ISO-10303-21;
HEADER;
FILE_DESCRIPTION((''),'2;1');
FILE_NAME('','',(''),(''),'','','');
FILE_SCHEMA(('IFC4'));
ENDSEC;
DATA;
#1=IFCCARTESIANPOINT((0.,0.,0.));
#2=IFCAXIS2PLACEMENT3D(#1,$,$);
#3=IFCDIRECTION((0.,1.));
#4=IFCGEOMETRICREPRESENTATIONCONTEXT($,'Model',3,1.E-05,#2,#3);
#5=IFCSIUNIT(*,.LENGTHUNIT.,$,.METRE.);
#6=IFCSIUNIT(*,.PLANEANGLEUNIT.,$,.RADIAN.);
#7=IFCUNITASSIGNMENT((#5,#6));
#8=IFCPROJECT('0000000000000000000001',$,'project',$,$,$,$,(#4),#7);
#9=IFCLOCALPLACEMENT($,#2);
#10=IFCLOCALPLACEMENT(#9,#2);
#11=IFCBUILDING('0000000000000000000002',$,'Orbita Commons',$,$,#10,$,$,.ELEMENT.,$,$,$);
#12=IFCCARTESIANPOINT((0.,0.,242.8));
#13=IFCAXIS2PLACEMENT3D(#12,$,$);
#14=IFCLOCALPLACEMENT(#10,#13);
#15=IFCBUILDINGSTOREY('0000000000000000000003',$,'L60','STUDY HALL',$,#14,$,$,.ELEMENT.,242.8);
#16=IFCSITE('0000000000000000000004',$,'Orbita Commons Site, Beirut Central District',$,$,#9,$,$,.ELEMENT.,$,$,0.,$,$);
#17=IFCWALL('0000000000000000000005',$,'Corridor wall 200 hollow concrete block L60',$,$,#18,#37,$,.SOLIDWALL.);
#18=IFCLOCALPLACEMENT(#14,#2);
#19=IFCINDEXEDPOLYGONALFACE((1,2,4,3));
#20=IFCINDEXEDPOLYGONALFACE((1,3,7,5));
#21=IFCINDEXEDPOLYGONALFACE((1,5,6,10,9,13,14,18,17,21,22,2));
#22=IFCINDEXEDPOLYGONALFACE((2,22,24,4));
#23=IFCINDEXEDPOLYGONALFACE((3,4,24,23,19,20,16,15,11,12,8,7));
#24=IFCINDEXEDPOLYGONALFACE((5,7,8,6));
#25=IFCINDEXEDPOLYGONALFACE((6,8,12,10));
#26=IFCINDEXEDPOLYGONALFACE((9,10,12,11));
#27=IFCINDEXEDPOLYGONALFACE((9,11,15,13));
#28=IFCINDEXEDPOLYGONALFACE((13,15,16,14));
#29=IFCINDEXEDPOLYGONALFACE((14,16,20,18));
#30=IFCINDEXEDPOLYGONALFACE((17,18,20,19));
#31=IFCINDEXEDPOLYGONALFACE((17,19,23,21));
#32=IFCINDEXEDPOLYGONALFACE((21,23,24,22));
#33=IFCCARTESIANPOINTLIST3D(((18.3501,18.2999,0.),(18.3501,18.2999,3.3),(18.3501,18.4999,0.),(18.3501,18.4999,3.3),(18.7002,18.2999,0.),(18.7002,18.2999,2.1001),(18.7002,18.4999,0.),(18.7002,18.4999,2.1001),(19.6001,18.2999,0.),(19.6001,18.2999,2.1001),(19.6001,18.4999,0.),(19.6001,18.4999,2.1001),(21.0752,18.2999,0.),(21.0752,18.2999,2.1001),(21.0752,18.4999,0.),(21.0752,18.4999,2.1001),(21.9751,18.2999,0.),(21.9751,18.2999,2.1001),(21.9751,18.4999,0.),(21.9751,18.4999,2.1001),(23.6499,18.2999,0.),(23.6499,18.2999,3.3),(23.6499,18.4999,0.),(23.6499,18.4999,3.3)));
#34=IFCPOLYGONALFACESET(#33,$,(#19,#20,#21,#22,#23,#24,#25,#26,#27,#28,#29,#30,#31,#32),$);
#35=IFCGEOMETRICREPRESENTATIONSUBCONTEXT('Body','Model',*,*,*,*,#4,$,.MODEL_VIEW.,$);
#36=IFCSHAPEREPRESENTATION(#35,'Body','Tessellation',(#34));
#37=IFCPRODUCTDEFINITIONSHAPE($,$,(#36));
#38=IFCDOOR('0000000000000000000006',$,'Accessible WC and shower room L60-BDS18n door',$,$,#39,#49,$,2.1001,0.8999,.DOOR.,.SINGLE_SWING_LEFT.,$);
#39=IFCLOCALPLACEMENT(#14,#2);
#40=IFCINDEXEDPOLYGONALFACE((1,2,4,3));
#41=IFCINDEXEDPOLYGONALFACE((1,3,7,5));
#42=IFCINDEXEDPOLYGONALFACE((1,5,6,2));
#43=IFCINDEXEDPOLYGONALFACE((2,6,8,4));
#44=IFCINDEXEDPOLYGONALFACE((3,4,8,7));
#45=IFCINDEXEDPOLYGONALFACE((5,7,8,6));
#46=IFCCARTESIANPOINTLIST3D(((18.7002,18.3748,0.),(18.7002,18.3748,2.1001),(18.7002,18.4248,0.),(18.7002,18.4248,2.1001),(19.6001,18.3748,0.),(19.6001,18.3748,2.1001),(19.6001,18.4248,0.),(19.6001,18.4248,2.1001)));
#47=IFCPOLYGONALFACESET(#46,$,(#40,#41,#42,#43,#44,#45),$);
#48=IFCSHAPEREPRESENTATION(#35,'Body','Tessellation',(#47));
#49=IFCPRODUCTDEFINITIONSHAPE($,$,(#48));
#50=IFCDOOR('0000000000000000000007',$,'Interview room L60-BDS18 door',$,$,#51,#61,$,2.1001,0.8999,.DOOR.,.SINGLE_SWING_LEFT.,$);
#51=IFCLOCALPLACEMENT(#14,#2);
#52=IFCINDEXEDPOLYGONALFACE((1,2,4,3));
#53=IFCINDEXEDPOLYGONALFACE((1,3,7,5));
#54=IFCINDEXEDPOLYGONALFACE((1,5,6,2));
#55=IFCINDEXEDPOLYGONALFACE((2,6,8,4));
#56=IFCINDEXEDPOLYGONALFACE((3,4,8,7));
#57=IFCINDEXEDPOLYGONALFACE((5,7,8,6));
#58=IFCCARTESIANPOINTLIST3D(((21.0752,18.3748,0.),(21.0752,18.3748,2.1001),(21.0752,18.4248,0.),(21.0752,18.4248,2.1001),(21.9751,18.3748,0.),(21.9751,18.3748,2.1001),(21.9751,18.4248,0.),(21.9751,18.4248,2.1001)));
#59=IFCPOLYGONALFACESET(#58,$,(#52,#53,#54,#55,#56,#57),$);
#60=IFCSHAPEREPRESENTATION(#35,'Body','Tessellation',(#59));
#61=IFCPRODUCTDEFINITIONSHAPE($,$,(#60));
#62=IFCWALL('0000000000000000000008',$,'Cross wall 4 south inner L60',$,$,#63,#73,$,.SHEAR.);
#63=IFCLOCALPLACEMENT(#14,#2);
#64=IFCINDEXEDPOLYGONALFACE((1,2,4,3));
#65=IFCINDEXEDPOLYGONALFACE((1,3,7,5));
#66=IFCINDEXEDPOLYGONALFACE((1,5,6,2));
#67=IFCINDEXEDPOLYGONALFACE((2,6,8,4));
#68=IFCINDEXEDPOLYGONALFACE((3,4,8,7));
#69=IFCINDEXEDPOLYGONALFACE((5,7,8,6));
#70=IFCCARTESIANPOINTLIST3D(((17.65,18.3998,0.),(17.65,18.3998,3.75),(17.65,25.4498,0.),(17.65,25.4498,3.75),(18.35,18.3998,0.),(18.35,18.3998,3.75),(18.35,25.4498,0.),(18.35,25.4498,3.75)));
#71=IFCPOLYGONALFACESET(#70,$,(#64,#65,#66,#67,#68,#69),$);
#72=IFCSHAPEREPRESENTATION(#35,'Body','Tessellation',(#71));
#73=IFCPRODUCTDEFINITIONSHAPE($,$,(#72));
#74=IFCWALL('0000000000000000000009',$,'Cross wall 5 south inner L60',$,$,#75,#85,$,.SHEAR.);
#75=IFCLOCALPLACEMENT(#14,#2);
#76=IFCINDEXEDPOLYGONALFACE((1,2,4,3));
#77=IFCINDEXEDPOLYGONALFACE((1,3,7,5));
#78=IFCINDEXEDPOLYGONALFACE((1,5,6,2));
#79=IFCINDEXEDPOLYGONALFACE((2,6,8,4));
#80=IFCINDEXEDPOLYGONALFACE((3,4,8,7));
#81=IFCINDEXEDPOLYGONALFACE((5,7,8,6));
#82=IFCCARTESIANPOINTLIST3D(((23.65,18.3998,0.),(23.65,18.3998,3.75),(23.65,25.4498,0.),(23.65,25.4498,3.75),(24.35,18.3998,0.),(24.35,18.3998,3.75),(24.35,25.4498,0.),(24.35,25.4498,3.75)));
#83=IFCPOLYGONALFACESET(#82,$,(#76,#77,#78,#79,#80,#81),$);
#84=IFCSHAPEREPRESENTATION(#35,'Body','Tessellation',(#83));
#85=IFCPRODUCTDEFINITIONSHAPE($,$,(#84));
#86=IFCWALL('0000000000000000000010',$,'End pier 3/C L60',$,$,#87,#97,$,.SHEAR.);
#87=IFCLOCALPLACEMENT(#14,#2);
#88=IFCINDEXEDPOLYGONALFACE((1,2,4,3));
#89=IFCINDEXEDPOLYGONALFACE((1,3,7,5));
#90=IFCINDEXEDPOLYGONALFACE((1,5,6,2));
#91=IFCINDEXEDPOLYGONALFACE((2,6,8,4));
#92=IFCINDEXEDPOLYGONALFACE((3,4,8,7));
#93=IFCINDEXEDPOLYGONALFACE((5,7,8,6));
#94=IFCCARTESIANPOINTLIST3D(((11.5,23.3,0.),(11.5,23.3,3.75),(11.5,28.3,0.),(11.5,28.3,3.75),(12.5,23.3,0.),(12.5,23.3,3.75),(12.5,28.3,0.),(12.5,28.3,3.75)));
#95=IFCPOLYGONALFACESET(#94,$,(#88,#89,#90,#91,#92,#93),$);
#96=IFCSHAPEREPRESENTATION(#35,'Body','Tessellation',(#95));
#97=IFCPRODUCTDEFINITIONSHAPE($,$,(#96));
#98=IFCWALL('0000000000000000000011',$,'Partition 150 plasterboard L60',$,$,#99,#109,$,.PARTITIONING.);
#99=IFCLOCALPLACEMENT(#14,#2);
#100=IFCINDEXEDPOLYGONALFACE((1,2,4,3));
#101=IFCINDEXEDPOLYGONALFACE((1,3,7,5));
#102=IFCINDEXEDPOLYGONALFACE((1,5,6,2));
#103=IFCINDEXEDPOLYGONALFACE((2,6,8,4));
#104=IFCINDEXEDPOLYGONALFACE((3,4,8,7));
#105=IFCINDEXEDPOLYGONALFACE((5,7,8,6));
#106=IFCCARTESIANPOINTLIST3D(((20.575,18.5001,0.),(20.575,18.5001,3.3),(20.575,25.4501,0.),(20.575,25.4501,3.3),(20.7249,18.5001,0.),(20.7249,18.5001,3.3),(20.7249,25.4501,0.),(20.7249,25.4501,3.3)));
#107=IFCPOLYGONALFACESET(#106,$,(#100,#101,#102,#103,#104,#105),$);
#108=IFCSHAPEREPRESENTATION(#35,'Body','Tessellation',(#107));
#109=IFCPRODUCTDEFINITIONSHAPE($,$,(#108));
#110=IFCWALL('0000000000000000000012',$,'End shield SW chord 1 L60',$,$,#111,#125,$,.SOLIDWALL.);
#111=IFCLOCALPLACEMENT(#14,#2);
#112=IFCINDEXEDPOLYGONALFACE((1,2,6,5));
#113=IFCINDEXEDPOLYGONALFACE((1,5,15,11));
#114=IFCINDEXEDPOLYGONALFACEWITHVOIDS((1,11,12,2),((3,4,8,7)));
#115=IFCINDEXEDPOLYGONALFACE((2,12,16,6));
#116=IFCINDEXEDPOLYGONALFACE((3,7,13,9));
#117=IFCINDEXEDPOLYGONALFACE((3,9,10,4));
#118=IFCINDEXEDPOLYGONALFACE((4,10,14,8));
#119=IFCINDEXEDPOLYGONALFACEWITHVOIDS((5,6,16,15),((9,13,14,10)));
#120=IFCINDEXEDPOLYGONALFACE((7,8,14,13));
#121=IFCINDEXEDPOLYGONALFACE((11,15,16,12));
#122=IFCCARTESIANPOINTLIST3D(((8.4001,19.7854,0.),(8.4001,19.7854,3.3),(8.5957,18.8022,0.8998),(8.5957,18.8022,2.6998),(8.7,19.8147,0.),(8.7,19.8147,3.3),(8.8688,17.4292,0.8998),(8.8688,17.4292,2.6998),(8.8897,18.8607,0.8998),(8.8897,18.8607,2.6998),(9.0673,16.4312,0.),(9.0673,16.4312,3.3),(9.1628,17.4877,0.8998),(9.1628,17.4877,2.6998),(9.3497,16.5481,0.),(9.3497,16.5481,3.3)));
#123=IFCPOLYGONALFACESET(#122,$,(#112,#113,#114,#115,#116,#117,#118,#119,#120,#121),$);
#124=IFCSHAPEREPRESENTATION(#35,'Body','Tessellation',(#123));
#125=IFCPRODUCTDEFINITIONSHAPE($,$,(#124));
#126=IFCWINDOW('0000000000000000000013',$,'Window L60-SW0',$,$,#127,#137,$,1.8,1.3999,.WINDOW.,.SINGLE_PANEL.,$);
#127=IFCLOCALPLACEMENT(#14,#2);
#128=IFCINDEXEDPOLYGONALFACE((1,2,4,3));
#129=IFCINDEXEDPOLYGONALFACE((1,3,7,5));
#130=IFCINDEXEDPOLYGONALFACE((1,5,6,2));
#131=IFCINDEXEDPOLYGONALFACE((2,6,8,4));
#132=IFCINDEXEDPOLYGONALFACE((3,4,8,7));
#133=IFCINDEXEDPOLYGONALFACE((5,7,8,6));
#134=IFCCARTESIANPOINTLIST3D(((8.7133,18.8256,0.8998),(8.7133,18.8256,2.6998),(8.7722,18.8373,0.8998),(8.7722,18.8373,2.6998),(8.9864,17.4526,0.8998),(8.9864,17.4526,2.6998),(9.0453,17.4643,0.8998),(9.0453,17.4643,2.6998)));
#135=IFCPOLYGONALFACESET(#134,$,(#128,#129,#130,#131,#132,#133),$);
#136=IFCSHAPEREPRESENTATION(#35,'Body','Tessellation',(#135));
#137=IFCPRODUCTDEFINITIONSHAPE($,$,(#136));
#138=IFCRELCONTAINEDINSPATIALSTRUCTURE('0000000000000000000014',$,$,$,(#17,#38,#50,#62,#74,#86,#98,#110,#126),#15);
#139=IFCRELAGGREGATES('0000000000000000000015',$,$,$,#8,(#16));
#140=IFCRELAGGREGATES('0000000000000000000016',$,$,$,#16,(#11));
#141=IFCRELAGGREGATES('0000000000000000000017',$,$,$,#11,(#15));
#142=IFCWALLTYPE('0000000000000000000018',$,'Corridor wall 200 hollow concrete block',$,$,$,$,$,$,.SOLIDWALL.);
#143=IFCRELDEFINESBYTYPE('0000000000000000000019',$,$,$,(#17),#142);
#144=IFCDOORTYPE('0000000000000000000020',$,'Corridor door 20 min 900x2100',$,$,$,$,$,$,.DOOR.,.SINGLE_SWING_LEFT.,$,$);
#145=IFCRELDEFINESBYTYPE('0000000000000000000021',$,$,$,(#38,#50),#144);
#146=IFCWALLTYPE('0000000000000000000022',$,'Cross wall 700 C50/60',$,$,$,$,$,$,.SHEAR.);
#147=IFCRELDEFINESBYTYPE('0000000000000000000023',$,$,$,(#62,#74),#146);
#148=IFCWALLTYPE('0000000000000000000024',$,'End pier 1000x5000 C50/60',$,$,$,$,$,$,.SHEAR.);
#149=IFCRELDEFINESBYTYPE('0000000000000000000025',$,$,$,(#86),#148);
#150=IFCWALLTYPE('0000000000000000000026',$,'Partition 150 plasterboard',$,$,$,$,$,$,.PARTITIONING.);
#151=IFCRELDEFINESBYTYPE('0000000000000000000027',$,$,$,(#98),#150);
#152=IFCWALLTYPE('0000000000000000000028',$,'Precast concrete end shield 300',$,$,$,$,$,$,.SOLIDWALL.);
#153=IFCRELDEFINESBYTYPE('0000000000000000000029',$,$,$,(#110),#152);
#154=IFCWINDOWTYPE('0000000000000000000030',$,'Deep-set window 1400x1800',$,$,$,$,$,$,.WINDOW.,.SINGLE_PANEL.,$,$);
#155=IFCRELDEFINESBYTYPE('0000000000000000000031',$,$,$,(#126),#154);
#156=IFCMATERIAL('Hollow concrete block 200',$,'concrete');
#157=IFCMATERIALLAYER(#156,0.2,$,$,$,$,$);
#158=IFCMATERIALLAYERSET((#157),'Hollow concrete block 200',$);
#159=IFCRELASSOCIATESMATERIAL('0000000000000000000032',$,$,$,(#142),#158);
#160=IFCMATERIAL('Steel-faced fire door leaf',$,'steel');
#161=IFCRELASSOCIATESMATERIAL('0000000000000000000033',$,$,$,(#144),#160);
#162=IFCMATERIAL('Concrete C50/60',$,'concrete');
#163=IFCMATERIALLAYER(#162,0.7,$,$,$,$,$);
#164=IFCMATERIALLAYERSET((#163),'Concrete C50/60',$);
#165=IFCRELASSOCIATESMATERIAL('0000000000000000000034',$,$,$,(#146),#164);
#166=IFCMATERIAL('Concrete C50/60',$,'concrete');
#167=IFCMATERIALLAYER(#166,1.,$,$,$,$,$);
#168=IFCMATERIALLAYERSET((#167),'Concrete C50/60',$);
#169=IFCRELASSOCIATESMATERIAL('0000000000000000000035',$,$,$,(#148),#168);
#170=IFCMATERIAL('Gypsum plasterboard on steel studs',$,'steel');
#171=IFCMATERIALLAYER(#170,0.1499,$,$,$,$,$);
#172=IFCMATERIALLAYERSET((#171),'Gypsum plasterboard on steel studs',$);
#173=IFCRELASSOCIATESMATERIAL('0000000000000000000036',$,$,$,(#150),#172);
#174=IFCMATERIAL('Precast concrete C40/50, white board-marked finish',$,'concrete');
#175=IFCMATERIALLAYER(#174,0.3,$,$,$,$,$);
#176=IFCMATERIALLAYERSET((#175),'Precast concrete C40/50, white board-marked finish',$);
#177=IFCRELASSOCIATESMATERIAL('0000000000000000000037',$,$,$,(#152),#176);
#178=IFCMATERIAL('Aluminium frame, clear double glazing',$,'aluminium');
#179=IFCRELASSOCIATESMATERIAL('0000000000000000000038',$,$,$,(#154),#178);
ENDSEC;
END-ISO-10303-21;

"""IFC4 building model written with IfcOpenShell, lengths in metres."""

from ifc_helpers import new_model, si_unit, direction, frame, frame_2d, origin, place, context, subcontext, project, spatial, polyline, rectangle, outline, extrude, material, layer, layer_set, type_object, element, fill, save


model = new_model("IFC4")

# Units and contexts
model_context = context("Model", 3, precision=1e-05, world=origin(), true_north=direction((0.0, 1.0)))
body_context = subcontext(model_context, "Body", "Model", "MODEL_VIEW")
ifc_project = project(units=[si_unit("LENGTHUNIT", "METRE"), si_unit("PLANEANGLEUNIT", "RADIAN")], contexts=[model_context])

# Site, building, storey
site_placement = place(None, origin())
site = spatial("IfcSite", under=ifc_project, at=site_placement, Name="Orbita Commons Site, Beirut Central District", CompositionType="ELEMENT", RefElevation=0.0)
building_placement = place(site_placement, origin())
building = spatial("IfcBuilding", under=site, at=building_placement, Name="Orbita Commons", CompositionType="ELEMENT")
storey_placement = place(building_placement, frame((0.0, 0.0, 242.8)))
storey = spatial("IfcBuildingStorey", under=building, at=storey_placement, Name="L60", Description="STUDY HALL", CompositionType="ELEMENT", Elevation=242.8)

# Shared definitions
ifc_material_1 = material(Name="Hollow concrete block 200", Category="concrete")
ifc_layer_1 = layer(ifc_material_1, 0.2)
ifc_layer_set_1 = layer_set([ifc_layer_1], Name="Hollow concrete block 200")
wall_type_1 = type_object("IfcWallType", Name="Corridor wall 200 hollow concrete block", PredefinedType="SOLIDWALL", material=ifc_layer_set_1)

# Wall, openings, doors
wall_1_placement = place(storey_placement, frame((18.3501, 18.3999, 0.0), z_axis=(0.0, 0.0, 1.0), x_axis=(1.0, 0.0, 0.0)))
wall_1 = element("IfcWall", 1, at=wall_1_placement, inside=storey, type_object=wall_type_1, Name="Corridor wall 200 hollow concrete block L60", PredefinedType="SOLIDWALL", context=body_context, shape_type="SweptSolid", body=[
    extrude(rectangle(XDim=5.2998, YDim=0.2, at=frame_2d((2.6499, 0.0))), origin(), (0.0, 0.0, 1.0), 3.3),
])
opening_1_placement = place(wall_1_placement, frame((0.3501, 0.0, 0.0)))
opening_1 = element("IfcOpeningElement", 2, at=opening_1_placement, cuts=wall_1, PredefinedType="OPENING", context=body_context, shape_type="SweptSolid", body=[
    extrude(rectangle(XDim=0.8999, YDim=2.1001, at=frame_2d((0.45, 1.05))), frame((0.0, 0.1099, 0.0), z_axis=(0.0, -1.0, 0.0), x_axis=(1.0, 0.0, 0.0)), (0.0, 0.0, 1.0), 0.22),
])
opening_2_placement = place(wall_1_placement, frame((2.7251, 0.0, 0.0)))
opening_2 = element("IfcOpeningElement", 3, at=opening_2_placement, cuts=wall_1, PredefinedType="OPENING", context=body_context, shape_type="SweptSolid", body=[
    extrude(rectangle(XDim=0.8999, YDim=2.1001, at=frame_2d((0.45, 1.05))), frame((0.0, 0.1099, 0.0), z_axis=(0.0, -1.0, 0.0), x_axis=(1.0, 0.0, 0.0)), (0.0, 0.0, 1.0), 0.22),
])
ifc_material_2 = material(Name="Steel-faced fire door leaf", Category="steel")
door_type_1 = type_object("IfcDoorType", Name="Corridor door 20 min 900x2100", OperationType="SINGLE_SWING_LEFT", PredefinedType="DOOR", material=ifc_material_2)
door_1_placement = place(opening_1_placement, origin())
door_1 = element("IfcDoor", 4, at=door_1_placement, inside=storey, type_object=door_type_1, Name="Accessible WC and shower room L60-BDS18n door", OperationType="SINGLE_SWING_LEFT", OverallHeight=2.1001, OverallWidth=0.8999, PredefinedType="DOOR", context=body_context, shape_type="SweptSolid", body=[
    extrude(rectangle(XDim=0.8999, YDim=2.1001, at=frame_2d((0.45, 1.05))), frame((0.0, 0.0249, 0.0), z_axis=(0.0, -1.0, 0.0), x_axis=(1.0, 0.0, 0.0)), (0.0, 0.0, 1.0), 0.05),
])
fill(opening_1, door_1)
door_2_placement = place(opening_2_placement, origin())
door_2 = element("IfcDoor", 5, at=door_2_placement, inside=storey, type_object=door_type_1, Name="Interview room L60-BDS18 door", OperationType="SINGLE_SWING_LEFT", OverallHeight=2.1001, OverallWidth=0.8999, PredefinedType="DOOR", context=body_context, shape_type="SweptSolid", body=[
    extrude(rectangle(XDim=0.8999, YDim=2.1001, at=frame_2d((0.45, 1.05))), frame((0.0, 0.0249, 0.0), z_axis=(0.0, -1.0, 0.0), x_axis=(1.0, 0.0, 0.0)), (0.0, 0.0, 1.0), 0.05),
])
fill(opening_2, door_2)

# Walls
ifc_material_3 = material(Name="Concrete C50/60", Category="concrete")
ifc_layer_2 = layer(ifc_material_3, 0.7)
ifc_layer_set_2 = layer_set([ifc_layer_2], Name="Concrete C50/60")
wall_type_2 = type_object("IfcWallType", Name="Cross wall 700 C50/60", PredefinedType="SHEAR", material=ifc_layer_set_2)
for number, where, z_axis, x_axis, name in (
    (6, (18.0, 18.3999, 0.0), (0.0, 0.0, 1.0), (0.0, 1.0, 0.0), "Cross wall 4 south inner L60"),
    (7, (24.0, 18.3999, 0.0), (0.0, 0.0, 1.0), (0.0, 1.0, 0.0), "Cross wall 5 south inner L60"),
):
    element("IfcWall", number, at=place(storey_placement, frame(where, z_axis=z_axis, x_axis=x_axis)), inside=storey, type_object=wall_type_2, Name=name, PredefinedType="SHEAR", context=body_context, shape_type="SweptSolid", body=[
        extrude(rectangle(XDim=7.05, YDim=0.7, at=frame_2d((3.5249, 0.0))), origin(), (0.0, 0.0, 1.0), 3.75),
    ])
ifc_material_4 = material(Name="Concrete C50/60", Category="concrete")
ifc_layer_3 = layer(ifc_material_4, 1.0)
ifc_layer_set_3 = layer_set([ifc_layer_3], Name="Concrete C50/60")
wall_type_3 = type_object("IfcWallType", Name="End pier 1000x5000 C50/60", PredefinedType="SHEAR", material=ifc_layer_set_3)
wall_2_placement = place(storey_placement, frame((12.0, 23.3, 0.0), z_axis=(0.0, 0.0, 1.0), x_axis=(0.0, 1.0, 0.0)))
element("IfcWall", 8, at=wall_2_placement, inside=storey, type_object=wall_type_3, Name="End pier 3/C L60", PredefinedType="SHEAR", context=body_context, shape_type="SweptSolid", body=[
    extrude(rectangle(XDim=5.0, YDim=1.0, at=frame_2d((2.5, 0.0))), origin(), (0.0, 0.0, 1.0), 3.75),
])
ifc_material_5 = material(Name="Gypsum plasterboard on steel studs", Category="steel")
ifc_layer_4 = layer(ifc_material_5, 0.1499)
ifc_layer_set_4 = layer_set([ifc_layer_4], Name="Gypsum plasterboard on steel studs")
wall_type_4 = type_object("IfcWallType", Name="Partition 150 plasterboard", PredefinedType="PARTITIONING", material=ifc_layer_set_4)
wall_3_placement = place(storey_placement, frame((20.6499, 18.5, 0.0), z_axis=(0.0, 0.0, 1.0), x_axis=(0.0, 1.0, 0.0)))
element("IfcWall", 9, at=wall_3_placement, inside=storey, type_object=wall_type_4, Name="Partition 150 plasterboard L60", PredefinedType="PARTITIONING", context=body_context, shape_type="SweptSolid", body=[
    extrude(rectangle(XDim=6.95, YDim=0.1499, at=frame_2d((3.4751, 0.0))), origin(), (0.0, 0.0, 1.0), 3.3),
])

# Wall, opening, window
ifc_material_6 = material(Name="Precast concrete C40/50, white board-marked finish", Category="concrete")
ifc_layer_5 = layer(ifc_material_6, 0.3)
ifc_layer_set_5 = layer_set([ifc_layer_5], Name="Precast concrete C40/50, white board-marked finish")
wall_type_5 = type_object("IfcWallType", Name="Precast concrete end shield 300", PredefinedType="SOLIDWALL", material=ifc_layer_set_5)
wall_4_placement = place(storey_placement, frame((8.55, 19.8, 0.0), z_axis=(0.0, 0.0, 1.0), x_axis=(0.195087, -0.980786, 0.0)))
wall_4 = element("IfcWall", 10, at=wall_4_placement, inside=storey, type_object=wall_type_5, Name="End shield SW chord 1 L60", PredefinedType="SOLIDWALL", context=body_context, shape_type="SweptSolid", body=[
    extrude(outline(polyline([(-0.0149, -0.1499), (3.405, -0.1499), (3.3455, 0.1499), (0.0149, 0.1499), (-0.0149, -0.1499)])), origin(), (0.0, 0.0, 1.0), 3.3),
])
opening_3_placement = place(wall_4_placement, frame((0.9875, 0.0, 0.8999)))
opening_3 = element("IfcOpeningElement", 11, at=opening_3_placement, cuts=wall_4, PredefinedType="OPENING", context=body_context, shape_type="SweptSolid", body=[
    extrude(rectangle(XDim=1.3999, YDim=1.8, at=frame_2d((0.7, 0.8999))), frame((0.0, 0.1599, 0.0), z_axis=(0.0, -1.0, 0.0), x_axis=(1.0, 0.0, 0.0)), (0.0, 0.0, 1.0), 0.3201),
])
ifc_material_7 = material(Name="Aluminium frame, clear double glazing", Category="aluminium")
window_type = type_object("IfcWindowType", Name="Deep-set window 1400x1800", PartitioningType="SINGLE_PANEL", PredefinedType="WINDOW", material=ifc_material_7)
window_placement = place(opening_3_placement, origin())
window = element("IfcWindow", 12, at=window_placement, inside=storey, type_object=window_type, Name="Window L60-SW0", OverallHeight=1.8, OverallWidth=1.3999, PartitioningType="SINGLE_PANEL", PredefinedType="WINDOW", context=body_context, shape_type="SweptSolid", body=[
    extrude(rectangle(XDim=1.3999, YDim=1.8, at=frame_2d((0.7, 0.8999))), frame((0.0, 0.03, 0.0), z_axis=(0.0, -1.0, 0.0), x_axis=(1.0, 0.0, 0.0)), (0.0, 0.0, 1.0), 0.0601),
])
fill(opening_3, window)

save(model, "model.ifc")
